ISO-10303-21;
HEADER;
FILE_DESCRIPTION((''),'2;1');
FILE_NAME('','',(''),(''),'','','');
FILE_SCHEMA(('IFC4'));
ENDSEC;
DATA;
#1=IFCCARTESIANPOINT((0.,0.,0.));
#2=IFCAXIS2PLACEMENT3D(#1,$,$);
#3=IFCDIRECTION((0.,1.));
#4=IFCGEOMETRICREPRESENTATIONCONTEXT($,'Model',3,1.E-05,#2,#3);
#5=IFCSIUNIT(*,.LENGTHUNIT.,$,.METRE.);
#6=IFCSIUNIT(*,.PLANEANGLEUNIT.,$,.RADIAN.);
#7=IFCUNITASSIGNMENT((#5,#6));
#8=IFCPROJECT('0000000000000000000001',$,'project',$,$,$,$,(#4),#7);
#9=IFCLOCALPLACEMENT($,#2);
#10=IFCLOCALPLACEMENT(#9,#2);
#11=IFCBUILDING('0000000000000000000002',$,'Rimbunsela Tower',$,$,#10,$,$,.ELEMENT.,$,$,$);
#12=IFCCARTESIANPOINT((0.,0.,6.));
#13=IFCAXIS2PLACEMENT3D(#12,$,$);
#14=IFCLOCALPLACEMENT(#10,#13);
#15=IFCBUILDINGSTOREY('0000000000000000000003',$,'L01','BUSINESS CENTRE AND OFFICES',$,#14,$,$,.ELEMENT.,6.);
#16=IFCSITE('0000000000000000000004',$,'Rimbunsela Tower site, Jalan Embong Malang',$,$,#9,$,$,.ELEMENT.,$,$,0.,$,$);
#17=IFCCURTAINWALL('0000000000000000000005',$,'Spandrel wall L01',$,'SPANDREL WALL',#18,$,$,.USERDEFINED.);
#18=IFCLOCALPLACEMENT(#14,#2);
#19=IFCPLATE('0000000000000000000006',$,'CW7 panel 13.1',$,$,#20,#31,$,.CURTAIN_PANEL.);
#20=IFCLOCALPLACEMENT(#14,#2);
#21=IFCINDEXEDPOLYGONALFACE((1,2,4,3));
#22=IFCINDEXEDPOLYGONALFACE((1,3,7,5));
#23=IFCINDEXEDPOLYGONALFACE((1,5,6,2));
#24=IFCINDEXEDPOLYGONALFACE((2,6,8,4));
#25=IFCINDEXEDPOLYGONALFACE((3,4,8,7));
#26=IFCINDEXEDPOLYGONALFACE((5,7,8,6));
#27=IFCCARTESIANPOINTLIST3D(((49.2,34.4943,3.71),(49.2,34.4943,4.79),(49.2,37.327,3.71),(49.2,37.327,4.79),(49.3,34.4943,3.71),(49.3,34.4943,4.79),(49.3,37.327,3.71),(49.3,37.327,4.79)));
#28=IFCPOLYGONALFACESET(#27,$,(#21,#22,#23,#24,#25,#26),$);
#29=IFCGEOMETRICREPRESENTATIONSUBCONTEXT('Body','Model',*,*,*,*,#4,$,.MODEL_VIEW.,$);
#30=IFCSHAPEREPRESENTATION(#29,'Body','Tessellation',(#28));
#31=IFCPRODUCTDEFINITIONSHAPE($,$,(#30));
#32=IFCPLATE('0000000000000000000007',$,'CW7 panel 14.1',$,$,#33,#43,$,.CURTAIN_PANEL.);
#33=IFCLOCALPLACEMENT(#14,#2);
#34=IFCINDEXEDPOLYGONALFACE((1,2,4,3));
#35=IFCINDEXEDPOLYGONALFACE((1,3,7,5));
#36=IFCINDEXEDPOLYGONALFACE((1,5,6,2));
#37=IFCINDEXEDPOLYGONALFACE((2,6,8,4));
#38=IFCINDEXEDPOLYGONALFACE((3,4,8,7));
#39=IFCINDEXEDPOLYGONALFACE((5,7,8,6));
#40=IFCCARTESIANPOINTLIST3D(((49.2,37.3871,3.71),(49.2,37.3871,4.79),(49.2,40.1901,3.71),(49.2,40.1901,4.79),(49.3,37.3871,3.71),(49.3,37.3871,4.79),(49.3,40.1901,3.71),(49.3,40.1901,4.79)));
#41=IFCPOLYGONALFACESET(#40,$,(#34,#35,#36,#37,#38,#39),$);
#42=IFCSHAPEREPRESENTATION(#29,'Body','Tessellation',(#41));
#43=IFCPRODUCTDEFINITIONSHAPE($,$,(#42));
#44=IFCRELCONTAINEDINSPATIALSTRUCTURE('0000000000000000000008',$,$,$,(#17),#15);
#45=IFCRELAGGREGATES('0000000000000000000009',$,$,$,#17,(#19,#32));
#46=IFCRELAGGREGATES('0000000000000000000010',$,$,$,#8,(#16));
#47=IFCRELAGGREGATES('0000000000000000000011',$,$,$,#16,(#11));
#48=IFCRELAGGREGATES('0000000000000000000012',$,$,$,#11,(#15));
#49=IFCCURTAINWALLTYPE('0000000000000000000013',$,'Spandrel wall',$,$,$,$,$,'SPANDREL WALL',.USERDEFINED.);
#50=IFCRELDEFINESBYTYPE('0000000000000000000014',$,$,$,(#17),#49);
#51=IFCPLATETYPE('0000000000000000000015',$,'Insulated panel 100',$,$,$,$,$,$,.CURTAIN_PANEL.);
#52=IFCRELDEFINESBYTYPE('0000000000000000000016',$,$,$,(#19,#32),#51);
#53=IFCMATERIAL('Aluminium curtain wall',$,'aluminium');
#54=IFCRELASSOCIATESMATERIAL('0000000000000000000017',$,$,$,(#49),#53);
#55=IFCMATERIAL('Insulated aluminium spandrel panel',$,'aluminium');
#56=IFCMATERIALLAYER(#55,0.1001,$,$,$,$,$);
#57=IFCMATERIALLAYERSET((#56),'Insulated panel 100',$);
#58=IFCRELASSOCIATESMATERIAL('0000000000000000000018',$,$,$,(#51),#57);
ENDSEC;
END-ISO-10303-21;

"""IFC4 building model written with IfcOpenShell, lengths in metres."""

from ifc_helpers import new_model, si_unit, direction, frame, origin, origin_2d, place, context, subcontext, project, spatial, rectangle, extrude, material, layer, layer_set, type_object, element, aggregate, save


model = new_model("IFC4")

# Units and contexts
model_context = context("Model", 3, precision=1e-05, world=origin(), true_north=direction((0.0, 1.0)))
body_context = subcontext(model_context, "Body", "Model", "MODEL_VIEW")
ifc_project = project(units=[si_unit("LENGTHUNIT", "METRE"), si_unit("PLANEANGLEUNIT", "RADIAN")], contexts=[model_context])

# Site, building, storey
site_placement = place(None, origin())
site = spatial("IfcSite", under=ifc_project, at=site_placement, Name="Rimbunsela Tower site, Jalan Embong Malang", CompositionType="ELEMENT", RefElevation=0.0)
building_placement = place(site_placement, origin())
building = spatial("IfcBuilding", under=site, at=building_placement, Name="Rimbunsela Tower", CompositionType="ELEMENT")
storey_placement = place(building_placement, frame((0.0, 0.0, 6.0)))
storey = spatial("IfcBuildingStorey", under=building, at=storey_placement, Name="L01", Description="BUSINESS CENTRE AND OFFICES", CompositionType="ELEMENT", Elevation=6.0)

# Curtain wall
ifc_material_1 = material(Name="Aluminium curtain wall", Category="aluminium")
curtain_wall_type_1 = type_object("IfcCurtainWallType", Name="Spandrel wall", ElementType="SPANDREL WALL", PredefinedType="USERDEFINED", material=ifc_material_1)
curtain_wall_1_placement = place(storey_placement, origin())
curtain_wall_1 = element("IfcCurtainWall", 1, at=curtain_wall_1_placement, inside=storey, type_object=curtain_wall_type_1, Name="Spandrel wall L01", ObjectType="SPANDREL WALL", PredefinedType="USERDEFINED")

# Plates
ifc_material_2 = material(Name="Insulated aluminium spandrel panel", Category="aluminium")
ifc_layer_1 = layer(ifc_material_2, 0.1001)
ifc_layer_set_1 = layer_set([ifc_layer_1], Name="Insulated panel 100")
plate_type_1 = type_object("IfcPlateType", Name="Insulated panel 100", PredefinedType="CURTAIN_PANEL", material=ifc_layer_set_1)
plate_1_placement = place(storey_placement, frame((49.25, 35.9106, 3.71), z_axis=(0.0, 0.0, 1.0), x_axis=(0.0, 1.0, 0.0)))
plate_1 = element("IfcPlate", 2, at=plate_1_placement, type_object=plate_type_1, Name="CW7 panel 13.1", PredefinedType="CURTAIN_PANEL", context=body_context, shape_type="SweptSolid", body=[
    extrude(rectangle(XDim=2.8328, YDim=0.1001, at=origin_2d()), origin(), (0.0, 0.0, 1.0), 1.0801),
])
plate_2_placement = place(storey_placement, frame((49.25, 38.7886, 3.71), z_axis=(0.0, 0.0, 1.0), x_axis=(0.0, 1.0, 0.0)))
plate_2 = element("IfcPlate", 3, at=plate_2_placement, type_object=plate_type_1, Name="CW7 panel 14.1", PredefinedType="CURTAIN_PANEL", context=body_context, shape_type="SweptSolid", body=[
    extrude(rectangle(XDim=2.803, YDim=0.1001, at=origin_2d()), origin(), (0.0, 0.0, 1.0), 1.0801),
])
aggregate(curtain_wall_1, [plate_1, plate_2])

save(model, "model.ifc")
